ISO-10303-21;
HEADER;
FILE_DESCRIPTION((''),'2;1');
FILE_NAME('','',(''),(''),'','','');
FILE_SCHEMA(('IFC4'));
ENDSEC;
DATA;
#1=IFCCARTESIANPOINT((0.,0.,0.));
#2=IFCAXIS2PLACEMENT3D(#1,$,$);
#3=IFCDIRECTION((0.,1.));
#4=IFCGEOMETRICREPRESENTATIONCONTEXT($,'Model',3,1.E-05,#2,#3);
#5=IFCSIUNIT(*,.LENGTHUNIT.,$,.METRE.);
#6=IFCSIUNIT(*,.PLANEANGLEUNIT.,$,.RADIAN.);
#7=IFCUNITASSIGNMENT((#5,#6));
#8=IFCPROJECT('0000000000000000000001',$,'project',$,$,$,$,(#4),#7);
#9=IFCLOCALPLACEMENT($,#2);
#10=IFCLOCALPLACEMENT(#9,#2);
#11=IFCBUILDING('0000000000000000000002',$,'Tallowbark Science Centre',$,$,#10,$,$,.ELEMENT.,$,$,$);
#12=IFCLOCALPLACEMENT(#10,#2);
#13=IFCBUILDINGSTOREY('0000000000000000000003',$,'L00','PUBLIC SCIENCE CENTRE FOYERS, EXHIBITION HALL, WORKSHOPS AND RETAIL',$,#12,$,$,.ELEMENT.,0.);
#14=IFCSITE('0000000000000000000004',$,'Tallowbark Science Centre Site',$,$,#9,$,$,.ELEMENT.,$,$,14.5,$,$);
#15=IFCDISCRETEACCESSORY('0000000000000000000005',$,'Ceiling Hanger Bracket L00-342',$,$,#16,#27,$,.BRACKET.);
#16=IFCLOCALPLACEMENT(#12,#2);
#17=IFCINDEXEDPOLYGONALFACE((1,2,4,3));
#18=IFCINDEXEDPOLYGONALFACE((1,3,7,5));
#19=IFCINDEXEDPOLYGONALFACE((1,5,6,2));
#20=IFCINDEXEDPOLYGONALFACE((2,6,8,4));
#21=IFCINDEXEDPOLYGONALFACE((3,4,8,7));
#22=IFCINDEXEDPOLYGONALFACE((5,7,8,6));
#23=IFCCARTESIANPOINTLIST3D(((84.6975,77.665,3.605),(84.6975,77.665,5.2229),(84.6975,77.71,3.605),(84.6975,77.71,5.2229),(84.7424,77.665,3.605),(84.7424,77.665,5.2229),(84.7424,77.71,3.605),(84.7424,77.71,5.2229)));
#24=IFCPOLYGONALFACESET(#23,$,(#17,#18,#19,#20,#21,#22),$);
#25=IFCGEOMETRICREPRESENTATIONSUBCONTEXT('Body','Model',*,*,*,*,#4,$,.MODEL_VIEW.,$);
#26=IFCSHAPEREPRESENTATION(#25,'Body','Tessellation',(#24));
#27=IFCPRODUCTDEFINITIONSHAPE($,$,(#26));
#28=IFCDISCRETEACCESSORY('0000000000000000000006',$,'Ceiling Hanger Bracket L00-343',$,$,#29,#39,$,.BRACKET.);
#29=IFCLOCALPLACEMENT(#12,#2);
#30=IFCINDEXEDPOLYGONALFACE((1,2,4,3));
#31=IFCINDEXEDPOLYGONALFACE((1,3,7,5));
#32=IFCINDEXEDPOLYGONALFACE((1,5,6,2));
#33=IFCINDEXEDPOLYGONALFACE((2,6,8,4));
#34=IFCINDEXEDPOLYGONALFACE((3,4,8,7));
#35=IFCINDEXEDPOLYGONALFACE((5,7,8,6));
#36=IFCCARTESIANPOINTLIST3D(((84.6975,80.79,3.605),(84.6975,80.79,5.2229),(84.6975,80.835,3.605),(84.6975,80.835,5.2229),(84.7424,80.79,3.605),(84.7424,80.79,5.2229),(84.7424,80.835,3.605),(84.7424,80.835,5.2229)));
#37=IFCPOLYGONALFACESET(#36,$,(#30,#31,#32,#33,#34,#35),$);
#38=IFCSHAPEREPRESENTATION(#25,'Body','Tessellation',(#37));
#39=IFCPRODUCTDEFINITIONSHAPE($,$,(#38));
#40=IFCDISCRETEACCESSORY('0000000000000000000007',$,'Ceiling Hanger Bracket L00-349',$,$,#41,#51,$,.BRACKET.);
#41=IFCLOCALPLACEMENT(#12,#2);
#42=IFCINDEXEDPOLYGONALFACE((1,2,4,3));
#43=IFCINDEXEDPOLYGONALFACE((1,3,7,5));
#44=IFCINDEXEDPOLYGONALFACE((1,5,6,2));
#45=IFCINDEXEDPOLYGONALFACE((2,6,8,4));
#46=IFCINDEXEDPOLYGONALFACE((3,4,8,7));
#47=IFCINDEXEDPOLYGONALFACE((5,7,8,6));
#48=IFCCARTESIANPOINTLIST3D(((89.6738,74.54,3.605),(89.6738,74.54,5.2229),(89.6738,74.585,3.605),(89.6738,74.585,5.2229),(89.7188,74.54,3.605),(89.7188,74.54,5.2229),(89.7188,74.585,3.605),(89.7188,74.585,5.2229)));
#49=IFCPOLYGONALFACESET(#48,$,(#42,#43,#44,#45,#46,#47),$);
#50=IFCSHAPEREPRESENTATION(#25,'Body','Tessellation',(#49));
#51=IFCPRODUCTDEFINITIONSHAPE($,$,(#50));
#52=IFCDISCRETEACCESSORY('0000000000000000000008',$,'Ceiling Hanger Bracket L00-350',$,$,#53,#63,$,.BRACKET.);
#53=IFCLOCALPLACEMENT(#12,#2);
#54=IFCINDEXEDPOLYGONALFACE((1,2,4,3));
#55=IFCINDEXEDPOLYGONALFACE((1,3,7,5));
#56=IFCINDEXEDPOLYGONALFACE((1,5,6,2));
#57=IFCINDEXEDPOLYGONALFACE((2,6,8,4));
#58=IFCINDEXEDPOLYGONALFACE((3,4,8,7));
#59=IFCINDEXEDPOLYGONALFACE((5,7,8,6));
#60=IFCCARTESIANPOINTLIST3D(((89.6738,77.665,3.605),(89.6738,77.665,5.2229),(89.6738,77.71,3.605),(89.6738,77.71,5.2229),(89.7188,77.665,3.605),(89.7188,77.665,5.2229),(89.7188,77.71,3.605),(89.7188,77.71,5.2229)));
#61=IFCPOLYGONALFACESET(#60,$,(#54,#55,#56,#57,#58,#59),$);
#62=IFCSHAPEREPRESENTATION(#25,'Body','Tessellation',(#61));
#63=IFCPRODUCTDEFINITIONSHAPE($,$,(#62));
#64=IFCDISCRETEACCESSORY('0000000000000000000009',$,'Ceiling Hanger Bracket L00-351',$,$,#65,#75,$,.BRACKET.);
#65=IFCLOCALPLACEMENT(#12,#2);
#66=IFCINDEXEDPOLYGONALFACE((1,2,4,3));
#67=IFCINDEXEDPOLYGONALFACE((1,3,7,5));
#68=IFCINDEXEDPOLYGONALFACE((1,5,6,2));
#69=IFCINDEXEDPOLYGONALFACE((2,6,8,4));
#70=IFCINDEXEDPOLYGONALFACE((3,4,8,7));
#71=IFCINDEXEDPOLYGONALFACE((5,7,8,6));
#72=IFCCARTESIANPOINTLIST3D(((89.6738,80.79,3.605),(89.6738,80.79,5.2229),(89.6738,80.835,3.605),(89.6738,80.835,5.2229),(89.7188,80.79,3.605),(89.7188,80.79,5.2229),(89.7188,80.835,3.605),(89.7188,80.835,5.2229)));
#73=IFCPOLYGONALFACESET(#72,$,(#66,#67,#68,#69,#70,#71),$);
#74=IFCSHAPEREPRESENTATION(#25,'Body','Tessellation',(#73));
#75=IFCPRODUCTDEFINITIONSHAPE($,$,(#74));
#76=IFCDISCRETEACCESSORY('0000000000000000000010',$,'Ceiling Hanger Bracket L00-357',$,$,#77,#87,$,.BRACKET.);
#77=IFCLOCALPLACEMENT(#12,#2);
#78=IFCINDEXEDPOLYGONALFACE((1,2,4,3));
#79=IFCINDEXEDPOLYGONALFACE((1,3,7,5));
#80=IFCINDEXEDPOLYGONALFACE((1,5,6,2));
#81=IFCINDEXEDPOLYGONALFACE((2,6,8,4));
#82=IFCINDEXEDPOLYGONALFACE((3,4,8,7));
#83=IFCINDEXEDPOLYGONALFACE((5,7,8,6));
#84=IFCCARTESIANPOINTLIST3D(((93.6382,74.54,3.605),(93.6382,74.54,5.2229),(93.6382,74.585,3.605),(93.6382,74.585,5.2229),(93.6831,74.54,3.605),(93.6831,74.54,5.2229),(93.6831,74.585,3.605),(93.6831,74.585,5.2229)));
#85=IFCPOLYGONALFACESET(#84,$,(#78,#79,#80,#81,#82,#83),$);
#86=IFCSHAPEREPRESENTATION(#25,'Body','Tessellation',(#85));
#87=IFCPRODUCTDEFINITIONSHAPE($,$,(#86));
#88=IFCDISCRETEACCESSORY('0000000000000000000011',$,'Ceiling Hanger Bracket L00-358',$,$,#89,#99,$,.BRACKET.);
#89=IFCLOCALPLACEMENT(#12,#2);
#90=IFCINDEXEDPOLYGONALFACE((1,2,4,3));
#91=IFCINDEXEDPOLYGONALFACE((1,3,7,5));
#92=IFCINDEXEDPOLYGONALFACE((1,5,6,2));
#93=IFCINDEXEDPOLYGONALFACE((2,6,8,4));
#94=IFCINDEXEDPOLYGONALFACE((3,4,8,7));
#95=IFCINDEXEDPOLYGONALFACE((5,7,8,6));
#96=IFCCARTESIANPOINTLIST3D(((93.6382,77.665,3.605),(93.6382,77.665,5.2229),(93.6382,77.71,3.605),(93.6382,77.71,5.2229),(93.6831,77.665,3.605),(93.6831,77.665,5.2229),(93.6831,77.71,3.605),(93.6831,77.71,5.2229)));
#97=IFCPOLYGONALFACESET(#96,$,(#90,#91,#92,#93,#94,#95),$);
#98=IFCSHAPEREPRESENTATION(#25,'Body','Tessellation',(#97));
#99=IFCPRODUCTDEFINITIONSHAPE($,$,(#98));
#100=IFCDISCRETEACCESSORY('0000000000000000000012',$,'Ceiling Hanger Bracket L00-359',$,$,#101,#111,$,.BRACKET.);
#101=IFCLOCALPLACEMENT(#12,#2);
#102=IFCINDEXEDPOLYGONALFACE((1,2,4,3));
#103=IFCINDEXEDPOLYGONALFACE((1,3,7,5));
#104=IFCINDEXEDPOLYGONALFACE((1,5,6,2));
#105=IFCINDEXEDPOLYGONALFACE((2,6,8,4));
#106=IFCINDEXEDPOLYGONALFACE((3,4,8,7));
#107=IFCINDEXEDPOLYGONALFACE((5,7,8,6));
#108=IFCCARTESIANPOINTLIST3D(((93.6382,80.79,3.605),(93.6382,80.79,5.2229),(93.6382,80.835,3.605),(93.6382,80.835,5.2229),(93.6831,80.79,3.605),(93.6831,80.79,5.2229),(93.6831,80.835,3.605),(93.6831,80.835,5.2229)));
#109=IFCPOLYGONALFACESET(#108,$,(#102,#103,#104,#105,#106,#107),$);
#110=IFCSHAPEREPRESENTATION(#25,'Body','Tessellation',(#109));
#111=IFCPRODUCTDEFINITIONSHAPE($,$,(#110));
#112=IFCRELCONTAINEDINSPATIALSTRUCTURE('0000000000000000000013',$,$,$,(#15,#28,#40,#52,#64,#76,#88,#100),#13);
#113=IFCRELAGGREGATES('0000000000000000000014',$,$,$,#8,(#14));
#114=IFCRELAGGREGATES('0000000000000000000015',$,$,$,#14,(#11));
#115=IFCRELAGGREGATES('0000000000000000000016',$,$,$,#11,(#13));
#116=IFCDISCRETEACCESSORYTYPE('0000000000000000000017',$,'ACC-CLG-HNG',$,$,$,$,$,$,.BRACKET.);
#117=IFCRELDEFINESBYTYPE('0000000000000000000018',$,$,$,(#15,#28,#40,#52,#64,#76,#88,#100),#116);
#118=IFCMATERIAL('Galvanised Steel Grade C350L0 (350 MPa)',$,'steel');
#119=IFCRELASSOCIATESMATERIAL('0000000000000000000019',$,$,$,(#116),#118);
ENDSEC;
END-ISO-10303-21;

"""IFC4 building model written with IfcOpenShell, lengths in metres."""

from ifc_helpers import new_model, si_unit, direction, frame, origin, origin_2d, place, context, subcontext, project, spatial, rectangle, extrude, material, type_object, element, save


model = new_model("IFC4")

# Units and contexts
model_context = context("Model", 3, precision=1e-05, world=origin(), true_north=direction((0.0, 1.0)))
body_context = subcontext(model_context, "Body", "Model", "MODEL_VIEW")
ifc_project = project(units=[si_unit("LENGTHUNIT", "METRE"), si_unit("PLANEANGLEUNIT", "RADIAN")], contexts=[model_context])

# Site, building, storey
site_placement = place(None, origin())
site = spatial("IfcSite", under=ifc_project, at=site_placement, Name="Tallowbark Science Centre Site", CompositionType="ELEMENT", RefElevation=14.5)
building_placement = place(site_placement, origin())
building = spatial("IfcBuilding", under=site, at=building_placement, Name="Tallowbark Science Centre", CompositionType="ELEMENT")
storey_placement = place(building_placement, origin())
storey = spatial("IfcBuildingStorey", under=building, at=storey_placement, Name="L00", Description="PUBLIC SCIENCE CENTRE FOYERS, EXHIBITION HALL, WORKSHOPS AND RETAIL", CompositionType="ELEMENT", Elevation=0.0)

# Discrete accessories
ifc_material_1 = material(Name="Galvanised Steel Grade C350L0 (350 MPa)", Category="steel")
discrete_accessory_type = type_object("IfcDiscreteAccessoryType", Name="ACC-CLG-HNG", PredefinedType="BRACKET", material=ifc_material_1)
for number, where, z_axis, x_axis, name in (
    (1, (84.72, 77.6875, 3.605), (0.0, 0.0, 1.0), (1.0, 0.0, 0.0), "Ceiling Hanger Bracket L00-342"),
    (2, (84.72, 80.8125, 3.605), (0.0, 0.0, 1.0), (1.0, 0.0, 0.0), "Ceiling Hanger Bracket L00-343"),
    (3, (89.6963, 74.5625, 3.605), (0.0, 0.0, 1.0), (1.0, 0.0, 0.0), "Ceiling Hanger Bracket L00-349"),
    (4, (89.6963, 77.6875, 3.605), (0.0, 0.0, 1.0), (1.0, 0.0, 0.0), "Ceiling Hanger Bracket L00-350"),
    (5, (89.6963, 80.8125, 3.605), (0.0, 0.0, 1.0), (1.0, 0.0, 0.0), "Ceiling Hanger Bracket L00-351"),
    (6, (93.6606, 74.5625, 3.605), (0.0, 0.0, 1.0), (1.0, 0.0, 0.0), "Ceiling Hanger Bracket L00-357"),
    (7, (93.6606, 77.6875, 3.605), (0.0, 0.0, 1.0), (1.0, 0.0, 0.0), "Ceiling Hanger Bracket L00-358"),
    (8, (93.6606, 80.8125, 3.605), (0.0, 0.0, 1.0), (1.0, 0.0, 0.0), "Ceiling Hanger Bracket L00-359"),
):
    element("IfcDiscreteAccessory", number, at=place(storey_placement, frame(where, z_axis=z_axis, x_axis=x_axis)), inside=storey, type_object=discrete_accessory_type, Name=name, PredefinedType="BRACKET", context=body_context, shape_type="SweptSolid", body=[
        extrude(rectangle(XDim=0.0449, YDim=0.0449, at=origin_2d()), origin(), (0.0, 0.0, 1.0), 1.6179),
    ])

save(model, "model.ifc")
